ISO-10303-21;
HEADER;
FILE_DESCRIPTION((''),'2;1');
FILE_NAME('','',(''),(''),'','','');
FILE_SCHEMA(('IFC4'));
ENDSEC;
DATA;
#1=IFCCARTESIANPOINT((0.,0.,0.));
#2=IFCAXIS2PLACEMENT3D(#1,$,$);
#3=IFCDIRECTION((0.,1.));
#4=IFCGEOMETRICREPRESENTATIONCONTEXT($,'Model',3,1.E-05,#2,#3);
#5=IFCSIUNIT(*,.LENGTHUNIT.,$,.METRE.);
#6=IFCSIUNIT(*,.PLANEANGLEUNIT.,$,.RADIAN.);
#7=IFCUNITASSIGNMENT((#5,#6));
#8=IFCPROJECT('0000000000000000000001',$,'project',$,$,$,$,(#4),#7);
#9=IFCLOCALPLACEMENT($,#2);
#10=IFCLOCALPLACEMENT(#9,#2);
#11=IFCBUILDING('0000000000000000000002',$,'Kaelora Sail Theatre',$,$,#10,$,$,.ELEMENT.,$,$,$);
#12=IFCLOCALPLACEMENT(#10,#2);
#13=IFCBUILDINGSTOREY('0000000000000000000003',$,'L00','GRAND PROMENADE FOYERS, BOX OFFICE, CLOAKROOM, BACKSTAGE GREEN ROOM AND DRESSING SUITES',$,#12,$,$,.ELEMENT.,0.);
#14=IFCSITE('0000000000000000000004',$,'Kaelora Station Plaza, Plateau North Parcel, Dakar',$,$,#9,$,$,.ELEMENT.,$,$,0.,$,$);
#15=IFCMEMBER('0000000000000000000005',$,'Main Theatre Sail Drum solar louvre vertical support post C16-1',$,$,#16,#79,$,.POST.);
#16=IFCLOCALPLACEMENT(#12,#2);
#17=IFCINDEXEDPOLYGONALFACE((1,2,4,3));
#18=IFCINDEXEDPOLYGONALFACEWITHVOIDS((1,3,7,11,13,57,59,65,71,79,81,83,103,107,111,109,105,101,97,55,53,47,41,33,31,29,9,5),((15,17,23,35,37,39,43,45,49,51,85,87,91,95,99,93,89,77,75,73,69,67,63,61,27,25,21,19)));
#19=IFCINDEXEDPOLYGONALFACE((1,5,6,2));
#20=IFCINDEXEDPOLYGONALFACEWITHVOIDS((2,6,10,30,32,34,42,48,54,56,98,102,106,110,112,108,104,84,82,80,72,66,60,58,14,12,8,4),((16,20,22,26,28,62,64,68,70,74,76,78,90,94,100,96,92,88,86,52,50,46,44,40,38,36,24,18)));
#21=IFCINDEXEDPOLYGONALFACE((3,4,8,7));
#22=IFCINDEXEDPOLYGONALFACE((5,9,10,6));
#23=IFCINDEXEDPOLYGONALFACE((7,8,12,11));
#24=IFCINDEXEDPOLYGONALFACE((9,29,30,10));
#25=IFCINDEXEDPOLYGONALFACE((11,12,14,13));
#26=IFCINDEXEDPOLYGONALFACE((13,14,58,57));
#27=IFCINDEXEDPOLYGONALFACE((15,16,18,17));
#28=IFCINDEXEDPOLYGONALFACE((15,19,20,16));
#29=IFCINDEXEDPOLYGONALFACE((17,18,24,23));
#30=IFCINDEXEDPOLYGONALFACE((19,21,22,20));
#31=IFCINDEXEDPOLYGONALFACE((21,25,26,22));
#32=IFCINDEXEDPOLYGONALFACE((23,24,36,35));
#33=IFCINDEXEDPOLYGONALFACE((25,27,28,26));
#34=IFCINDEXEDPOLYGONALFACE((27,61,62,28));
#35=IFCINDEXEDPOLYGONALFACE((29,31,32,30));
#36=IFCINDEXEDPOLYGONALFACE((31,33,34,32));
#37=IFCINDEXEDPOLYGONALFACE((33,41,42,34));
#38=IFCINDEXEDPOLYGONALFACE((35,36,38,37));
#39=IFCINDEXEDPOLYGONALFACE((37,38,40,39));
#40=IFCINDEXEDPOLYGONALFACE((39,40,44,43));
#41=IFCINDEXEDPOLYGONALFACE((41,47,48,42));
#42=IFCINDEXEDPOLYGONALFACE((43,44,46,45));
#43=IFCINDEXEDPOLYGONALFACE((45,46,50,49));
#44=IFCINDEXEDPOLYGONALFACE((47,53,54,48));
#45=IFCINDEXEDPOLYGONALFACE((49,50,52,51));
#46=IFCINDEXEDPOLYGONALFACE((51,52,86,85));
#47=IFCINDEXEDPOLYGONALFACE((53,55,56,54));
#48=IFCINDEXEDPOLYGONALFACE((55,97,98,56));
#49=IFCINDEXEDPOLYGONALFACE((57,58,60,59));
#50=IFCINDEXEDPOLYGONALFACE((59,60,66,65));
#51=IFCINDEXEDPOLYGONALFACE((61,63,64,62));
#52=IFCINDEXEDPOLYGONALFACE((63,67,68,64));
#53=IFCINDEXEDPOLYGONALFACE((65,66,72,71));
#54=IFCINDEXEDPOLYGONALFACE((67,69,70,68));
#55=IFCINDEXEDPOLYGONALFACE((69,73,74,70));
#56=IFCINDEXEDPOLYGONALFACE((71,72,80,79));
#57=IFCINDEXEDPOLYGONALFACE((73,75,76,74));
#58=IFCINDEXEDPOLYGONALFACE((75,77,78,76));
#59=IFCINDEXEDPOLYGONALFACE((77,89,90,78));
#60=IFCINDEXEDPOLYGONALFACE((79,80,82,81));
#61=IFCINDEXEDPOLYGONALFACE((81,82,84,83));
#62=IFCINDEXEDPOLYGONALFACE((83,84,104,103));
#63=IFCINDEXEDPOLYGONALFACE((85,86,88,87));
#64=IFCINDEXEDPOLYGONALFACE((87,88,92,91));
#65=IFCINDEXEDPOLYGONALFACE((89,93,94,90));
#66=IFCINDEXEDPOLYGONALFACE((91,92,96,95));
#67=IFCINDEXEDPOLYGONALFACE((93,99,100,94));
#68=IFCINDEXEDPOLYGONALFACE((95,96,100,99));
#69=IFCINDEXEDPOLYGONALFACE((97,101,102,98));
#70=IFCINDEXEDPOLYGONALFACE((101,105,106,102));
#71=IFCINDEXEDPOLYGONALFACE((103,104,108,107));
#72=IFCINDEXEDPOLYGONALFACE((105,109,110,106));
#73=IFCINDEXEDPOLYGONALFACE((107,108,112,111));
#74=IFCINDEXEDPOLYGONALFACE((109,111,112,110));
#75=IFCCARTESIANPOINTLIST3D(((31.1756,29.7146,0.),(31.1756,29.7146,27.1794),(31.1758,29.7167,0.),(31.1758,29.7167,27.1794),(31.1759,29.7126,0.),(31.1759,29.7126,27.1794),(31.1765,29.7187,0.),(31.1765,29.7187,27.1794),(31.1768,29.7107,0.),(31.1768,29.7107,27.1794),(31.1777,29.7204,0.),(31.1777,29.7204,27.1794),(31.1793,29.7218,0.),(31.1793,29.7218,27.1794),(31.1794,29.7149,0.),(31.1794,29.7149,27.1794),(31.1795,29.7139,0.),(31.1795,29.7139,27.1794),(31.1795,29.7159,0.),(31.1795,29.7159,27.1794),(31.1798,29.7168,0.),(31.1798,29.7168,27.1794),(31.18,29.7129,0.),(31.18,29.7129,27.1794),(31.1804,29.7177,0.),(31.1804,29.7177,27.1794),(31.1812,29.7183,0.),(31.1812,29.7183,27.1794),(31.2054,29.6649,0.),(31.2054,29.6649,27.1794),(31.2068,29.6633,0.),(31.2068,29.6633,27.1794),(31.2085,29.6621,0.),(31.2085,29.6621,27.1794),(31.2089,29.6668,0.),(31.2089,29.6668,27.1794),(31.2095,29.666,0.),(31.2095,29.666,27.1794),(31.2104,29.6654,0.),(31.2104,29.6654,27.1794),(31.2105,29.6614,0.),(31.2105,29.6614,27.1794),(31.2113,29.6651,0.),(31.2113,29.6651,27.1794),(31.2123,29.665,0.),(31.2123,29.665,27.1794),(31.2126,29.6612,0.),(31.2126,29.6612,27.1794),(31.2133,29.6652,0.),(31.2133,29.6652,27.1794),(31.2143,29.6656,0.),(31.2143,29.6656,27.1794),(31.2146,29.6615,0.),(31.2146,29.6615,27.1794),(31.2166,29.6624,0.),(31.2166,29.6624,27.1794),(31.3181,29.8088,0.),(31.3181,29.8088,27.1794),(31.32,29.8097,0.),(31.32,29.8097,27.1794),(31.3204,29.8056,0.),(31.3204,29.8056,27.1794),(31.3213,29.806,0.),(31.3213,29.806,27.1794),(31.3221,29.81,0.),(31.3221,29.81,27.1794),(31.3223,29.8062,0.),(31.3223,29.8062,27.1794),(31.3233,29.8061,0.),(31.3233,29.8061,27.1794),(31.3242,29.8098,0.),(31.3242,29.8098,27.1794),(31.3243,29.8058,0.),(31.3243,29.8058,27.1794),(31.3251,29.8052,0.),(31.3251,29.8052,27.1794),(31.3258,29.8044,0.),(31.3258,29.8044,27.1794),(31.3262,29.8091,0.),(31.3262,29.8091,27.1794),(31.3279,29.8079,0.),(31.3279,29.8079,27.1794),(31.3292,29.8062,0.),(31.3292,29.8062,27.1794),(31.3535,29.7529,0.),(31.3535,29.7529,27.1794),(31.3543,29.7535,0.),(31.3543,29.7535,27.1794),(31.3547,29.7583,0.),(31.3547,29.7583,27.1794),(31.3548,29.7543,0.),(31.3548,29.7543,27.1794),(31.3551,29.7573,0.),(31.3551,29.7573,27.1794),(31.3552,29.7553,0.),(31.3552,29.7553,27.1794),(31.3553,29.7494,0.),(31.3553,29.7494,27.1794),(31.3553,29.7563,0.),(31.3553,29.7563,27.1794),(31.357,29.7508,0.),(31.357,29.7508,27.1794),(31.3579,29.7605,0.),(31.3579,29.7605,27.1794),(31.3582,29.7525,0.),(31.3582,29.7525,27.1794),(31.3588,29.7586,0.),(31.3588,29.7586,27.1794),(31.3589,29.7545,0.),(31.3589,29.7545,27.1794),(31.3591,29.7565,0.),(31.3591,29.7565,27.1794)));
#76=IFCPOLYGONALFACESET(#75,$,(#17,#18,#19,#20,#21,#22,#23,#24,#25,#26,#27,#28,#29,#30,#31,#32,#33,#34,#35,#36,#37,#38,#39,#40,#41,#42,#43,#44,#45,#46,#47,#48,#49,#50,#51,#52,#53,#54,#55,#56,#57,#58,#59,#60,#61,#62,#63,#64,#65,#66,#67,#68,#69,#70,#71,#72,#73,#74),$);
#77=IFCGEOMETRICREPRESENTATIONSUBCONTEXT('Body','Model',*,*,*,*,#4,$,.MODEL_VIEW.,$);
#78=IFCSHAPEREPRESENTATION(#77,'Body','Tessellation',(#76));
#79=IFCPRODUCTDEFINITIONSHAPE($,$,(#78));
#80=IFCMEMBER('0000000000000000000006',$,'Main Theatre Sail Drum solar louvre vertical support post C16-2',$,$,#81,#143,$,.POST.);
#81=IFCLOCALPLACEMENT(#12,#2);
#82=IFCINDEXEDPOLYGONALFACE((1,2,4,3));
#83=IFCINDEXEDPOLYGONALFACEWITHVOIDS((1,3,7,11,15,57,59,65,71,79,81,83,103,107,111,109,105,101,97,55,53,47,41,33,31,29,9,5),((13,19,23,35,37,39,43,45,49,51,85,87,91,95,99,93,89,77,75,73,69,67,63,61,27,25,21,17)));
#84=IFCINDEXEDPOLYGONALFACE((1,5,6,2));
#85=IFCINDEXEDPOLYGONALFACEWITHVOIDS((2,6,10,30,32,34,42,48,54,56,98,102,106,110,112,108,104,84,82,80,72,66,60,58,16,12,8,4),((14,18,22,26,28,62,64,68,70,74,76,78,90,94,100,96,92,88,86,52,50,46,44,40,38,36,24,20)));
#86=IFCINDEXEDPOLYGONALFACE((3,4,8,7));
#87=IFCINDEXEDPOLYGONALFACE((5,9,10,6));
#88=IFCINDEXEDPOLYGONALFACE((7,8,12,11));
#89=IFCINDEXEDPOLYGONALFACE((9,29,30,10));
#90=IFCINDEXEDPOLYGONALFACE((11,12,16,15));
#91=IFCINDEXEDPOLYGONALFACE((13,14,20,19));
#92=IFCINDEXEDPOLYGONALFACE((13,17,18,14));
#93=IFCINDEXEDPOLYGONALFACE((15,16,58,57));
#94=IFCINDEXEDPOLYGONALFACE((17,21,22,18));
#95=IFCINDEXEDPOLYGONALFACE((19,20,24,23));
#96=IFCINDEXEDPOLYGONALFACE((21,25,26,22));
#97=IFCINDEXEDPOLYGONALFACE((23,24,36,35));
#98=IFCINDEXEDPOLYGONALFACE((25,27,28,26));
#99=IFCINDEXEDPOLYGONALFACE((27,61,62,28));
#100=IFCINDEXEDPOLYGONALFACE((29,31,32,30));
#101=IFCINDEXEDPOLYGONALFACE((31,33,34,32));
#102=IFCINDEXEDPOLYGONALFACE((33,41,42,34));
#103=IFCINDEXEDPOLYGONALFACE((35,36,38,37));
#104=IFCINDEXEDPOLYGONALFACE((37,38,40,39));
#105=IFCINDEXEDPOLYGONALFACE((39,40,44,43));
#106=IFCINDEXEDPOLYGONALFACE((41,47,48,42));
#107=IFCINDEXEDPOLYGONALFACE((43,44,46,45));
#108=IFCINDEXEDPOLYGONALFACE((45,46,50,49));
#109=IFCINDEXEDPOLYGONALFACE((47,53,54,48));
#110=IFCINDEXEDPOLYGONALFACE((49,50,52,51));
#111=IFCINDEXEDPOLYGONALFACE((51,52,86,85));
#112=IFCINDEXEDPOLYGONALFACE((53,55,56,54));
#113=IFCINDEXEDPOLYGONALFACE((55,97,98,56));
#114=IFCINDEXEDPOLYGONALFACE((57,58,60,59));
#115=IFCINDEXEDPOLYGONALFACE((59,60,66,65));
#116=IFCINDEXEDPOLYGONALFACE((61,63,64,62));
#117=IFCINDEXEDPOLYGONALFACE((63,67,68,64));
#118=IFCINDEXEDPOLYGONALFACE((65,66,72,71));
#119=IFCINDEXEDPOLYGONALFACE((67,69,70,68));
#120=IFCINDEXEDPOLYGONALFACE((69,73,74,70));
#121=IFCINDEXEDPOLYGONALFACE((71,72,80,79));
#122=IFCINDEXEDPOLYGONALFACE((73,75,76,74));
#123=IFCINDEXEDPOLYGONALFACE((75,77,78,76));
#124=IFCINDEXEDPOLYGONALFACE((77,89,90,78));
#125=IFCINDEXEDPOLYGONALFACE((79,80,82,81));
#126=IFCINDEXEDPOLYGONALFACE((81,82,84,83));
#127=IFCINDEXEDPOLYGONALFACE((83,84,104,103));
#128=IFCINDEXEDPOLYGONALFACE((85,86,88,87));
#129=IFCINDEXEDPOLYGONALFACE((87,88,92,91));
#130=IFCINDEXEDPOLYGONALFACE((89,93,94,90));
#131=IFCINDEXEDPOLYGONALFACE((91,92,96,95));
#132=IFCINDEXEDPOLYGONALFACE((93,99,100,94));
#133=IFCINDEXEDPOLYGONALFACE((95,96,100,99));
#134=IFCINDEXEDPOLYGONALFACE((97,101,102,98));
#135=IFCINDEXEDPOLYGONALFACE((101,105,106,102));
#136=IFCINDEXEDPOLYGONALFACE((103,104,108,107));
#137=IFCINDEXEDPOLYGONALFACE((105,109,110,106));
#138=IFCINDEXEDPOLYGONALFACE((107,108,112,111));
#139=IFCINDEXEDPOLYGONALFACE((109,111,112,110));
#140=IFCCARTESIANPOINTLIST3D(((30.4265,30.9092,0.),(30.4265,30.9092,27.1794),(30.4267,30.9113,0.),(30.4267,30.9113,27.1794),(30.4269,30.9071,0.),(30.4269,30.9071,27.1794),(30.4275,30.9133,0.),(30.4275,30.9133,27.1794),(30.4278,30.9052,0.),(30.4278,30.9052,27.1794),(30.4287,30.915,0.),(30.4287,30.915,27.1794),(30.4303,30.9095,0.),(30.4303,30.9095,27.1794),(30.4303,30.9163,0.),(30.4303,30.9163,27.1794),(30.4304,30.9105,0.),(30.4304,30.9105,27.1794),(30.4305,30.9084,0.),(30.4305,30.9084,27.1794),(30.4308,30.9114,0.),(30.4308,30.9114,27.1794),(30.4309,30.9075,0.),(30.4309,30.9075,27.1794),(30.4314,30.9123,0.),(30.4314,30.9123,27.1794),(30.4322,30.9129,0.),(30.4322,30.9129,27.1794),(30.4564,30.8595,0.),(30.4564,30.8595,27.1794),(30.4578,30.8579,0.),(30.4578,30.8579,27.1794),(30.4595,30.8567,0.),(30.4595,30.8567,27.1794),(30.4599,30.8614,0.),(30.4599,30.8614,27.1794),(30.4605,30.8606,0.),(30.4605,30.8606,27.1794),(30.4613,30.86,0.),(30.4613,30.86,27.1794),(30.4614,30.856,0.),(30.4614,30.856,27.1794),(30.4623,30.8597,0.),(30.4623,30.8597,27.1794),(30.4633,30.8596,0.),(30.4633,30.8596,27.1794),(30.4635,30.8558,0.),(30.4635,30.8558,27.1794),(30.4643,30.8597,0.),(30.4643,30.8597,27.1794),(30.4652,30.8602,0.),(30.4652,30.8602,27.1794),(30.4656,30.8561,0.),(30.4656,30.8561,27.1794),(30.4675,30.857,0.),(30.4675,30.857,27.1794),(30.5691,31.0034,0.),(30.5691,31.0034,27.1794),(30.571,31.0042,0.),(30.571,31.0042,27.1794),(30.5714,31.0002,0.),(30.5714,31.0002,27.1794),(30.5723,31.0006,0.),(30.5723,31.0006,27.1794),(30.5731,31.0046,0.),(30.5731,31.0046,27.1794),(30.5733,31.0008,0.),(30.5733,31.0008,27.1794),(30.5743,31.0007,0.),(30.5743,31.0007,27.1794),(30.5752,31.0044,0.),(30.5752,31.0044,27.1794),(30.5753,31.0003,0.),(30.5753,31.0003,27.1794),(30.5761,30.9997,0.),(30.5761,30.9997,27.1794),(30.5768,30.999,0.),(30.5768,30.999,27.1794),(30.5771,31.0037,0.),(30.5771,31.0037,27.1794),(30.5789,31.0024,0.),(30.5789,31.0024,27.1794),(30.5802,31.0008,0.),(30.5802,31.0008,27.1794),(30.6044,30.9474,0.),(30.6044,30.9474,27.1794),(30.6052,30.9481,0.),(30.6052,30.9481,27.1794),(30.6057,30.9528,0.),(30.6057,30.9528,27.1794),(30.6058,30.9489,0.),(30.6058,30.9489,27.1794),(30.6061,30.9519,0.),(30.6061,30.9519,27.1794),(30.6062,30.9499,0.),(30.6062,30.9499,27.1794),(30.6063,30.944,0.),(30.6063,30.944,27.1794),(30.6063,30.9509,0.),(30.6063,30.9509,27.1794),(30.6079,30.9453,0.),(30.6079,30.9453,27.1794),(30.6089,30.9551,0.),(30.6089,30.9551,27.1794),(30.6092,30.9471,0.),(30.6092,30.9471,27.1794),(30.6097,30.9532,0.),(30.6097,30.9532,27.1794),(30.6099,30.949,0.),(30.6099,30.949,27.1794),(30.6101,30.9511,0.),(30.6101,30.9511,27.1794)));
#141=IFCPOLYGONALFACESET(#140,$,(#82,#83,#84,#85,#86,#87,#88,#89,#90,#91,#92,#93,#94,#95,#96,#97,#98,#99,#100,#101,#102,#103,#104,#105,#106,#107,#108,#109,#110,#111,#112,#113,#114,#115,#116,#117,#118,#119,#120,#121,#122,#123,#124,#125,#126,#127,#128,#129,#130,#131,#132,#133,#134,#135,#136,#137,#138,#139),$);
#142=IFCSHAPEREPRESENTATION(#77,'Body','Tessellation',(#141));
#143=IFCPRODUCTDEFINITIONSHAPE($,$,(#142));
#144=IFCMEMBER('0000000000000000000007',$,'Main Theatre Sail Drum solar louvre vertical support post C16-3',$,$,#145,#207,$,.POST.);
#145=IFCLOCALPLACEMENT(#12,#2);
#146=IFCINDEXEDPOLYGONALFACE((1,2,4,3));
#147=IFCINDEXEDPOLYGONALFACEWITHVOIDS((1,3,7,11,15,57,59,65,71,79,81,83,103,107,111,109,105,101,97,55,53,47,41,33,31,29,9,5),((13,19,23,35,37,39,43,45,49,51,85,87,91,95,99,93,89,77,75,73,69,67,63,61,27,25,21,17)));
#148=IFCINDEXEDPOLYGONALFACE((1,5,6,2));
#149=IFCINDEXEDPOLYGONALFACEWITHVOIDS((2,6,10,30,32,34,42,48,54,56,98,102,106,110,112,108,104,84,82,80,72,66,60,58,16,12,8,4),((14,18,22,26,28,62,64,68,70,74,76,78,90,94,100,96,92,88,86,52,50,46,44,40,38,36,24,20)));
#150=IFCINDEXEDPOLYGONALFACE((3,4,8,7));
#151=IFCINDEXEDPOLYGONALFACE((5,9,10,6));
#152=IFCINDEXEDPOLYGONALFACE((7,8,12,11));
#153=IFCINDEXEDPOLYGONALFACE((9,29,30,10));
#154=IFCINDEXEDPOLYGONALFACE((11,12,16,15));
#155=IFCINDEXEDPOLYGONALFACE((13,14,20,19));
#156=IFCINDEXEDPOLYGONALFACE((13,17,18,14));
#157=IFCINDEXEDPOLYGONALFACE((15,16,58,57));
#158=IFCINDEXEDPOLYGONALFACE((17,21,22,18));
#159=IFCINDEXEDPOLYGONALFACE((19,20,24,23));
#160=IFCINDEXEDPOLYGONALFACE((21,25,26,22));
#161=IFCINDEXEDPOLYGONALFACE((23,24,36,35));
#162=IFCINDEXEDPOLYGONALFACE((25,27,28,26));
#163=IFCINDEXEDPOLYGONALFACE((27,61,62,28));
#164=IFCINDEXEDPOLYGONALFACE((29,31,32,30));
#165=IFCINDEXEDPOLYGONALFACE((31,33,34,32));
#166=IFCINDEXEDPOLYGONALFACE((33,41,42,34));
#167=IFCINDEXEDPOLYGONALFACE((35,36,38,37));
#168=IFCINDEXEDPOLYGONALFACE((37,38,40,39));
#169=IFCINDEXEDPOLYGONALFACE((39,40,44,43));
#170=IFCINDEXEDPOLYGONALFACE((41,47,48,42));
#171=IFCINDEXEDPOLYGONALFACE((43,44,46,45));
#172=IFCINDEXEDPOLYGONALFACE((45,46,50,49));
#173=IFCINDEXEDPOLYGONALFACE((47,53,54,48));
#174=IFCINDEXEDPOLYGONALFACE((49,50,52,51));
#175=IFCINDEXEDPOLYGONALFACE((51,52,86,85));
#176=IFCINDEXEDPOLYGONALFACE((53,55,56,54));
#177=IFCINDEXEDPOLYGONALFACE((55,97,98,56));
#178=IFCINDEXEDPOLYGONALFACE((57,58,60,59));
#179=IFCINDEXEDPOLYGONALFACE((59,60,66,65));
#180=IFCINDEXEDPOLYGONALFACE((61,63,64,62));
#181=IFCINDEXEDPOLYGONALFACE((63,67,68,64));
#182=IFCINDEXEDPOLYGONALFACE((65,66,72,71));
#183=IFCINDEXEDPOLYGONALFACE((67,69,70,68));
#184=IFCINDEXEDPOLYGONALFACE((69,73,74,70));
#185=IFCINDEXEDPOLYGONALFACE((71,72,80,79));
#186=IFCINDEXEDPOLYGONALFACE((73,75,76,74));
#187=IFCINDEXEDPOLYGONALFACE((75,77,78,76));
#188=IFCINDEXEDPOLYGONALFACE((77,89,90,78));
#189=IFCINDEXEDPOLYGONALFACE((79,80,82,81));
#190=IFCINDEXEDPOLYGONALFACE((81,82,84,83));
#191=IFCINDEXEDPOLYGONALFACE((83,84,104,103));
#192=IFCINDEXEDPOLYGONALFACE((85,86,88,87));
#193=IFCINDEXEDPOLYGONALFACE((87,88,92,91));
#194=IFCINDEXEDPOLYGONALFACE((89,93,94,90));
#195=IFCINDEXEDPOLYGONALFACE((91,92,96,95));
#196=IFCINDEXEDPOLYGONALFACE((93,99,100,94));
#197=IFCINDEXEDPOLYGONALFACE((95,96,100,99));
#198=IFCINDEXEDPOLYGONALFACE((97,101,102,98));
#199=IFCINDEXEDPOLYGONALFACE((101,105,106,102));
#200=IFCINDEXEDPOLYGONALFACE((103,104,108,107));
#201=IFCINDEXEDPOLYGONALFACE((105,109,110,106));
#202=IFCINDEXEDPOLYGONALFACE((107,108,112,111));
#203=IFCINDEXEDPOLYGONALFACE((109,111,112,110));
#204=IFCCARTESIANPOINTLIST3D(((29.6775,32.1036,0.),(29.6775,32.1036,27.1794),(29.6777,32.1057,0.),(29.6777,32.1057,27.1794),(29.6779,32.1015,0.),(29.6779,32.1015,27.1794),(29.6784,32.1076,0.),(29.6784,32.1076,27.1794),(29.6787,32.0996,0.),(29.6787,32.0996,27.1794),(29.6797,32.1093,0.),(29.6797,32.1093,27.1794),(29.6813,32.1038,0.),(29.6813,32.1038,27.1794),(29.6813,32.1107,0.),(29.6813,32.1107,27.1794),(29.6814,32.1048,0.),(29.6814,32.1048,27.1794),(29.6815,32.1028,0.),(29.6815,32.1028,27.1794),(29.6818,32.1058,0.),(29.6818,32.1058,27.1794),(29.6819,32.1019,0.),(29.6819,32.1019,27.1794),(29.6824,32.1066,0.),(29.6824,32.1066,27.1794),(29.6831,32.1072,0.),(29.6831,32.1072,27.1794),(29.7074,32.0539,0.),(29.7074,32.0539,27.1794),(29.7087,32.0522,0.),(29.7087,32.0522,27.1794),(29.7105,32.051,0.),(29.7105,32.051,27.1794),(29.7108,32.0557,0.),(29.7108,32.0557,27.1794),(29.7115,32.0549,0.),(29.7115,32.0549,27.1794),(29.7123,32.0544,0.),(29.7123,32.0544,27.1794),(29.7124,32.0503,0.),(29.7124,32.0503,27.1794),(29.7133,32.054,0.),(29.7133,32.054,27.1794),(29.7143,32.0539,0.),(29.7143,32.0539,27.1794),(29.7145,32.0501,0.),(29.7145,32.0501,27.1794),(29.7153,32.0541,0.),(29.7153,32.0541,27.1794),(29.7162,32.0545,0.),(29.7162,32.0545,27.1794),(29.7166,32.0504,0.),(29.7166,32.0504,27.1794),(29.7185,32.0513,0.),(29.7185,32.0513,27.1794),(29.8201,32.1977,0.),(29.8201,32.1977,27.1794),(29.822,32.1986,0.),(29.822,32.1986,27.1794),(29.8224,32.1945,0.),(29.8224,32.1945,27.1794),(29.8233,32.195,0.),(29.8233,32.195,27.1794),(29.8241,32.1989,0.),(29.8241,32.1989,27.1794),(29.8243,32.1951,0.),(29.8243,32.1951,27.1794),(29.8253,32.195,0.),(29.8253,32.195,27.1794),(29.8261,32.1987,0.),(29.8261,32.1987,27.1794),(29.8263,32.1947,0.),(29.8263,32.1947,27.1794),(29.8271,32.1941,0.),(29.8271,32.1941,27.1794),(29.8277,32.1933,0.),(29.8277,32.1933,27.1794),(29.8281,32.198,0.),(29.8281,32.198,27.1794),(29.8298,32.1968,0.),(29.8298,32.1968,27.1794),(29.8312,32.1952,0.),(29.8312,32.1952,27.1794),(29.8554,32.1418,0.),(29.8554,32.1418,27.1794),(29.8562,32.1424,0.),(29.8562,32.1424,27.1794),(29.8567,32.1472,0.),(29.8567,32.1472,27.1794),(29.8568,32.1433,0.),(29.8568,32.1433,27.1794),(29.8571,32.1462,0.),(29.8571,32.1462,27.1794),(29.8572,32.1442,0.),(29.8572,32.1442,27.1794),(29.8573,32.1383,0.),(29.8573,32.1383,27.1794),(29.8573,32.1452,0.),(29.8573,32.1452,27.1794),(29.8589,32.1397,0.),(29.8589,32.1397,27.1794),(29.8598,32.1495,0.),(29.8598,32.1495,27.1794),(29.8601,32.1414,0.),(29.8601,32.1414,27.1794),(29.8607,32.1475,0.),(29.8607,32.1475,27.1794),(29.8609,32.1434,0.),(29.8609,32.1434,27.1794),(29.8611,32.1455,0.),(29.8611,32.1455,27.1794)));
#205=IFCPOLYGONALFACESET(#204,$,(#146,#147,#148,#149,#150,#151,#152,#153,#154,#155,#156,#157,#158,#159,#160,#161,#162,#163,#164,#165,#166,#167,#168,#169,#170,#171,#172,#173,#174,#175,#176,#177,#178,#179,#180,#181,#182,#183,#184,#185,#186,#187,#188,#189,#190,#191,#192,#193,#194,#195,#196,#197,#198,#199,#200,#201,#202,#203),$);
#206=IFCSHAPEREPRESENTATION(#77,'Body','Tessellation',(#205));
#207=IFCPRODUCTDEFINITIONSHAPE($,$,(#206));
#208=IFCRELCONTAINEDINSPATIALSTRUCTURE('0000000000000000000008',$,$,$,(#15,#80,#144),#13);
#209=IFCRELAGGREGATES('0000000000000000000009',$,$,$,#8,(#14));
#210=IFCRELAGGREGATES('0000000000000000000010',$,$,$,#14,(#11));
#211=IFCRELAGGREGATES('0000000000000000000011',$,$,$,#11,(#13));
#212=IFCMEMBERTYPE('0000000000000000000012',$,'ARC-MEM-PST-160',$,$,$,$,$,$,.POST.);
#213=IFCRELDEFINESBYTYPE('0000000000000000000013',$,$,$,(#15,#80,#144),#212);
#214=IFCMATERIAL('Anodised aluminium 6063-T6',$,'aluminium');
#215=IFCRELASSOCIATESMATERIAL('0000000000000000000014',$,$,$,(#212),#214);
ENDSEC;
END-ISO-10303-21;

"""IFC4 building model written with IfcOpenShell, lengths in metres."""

from ifc_helpers import new_model, si_unit, direction, frame, origin, origin_2d, place, context, subcontext, project, spatial, hollow_rectangle, extrude, material, material_profile, profile_set, type_object, element, save


model = new_model("IFC4")

# Units and contexts
model_context = context("Model", 3, precision=1e-05, world=origin(), true_north=direction((0.0, 1.0)))
body_context = subcontext(model_context, "Body", "Model", "MODEL_VIEW")
ifc_project = project(units=[si_unit("LENGTHUNIT", "METRE"), si_unit("PLANEANGLEUNIT", "RADIAN")], contexts=[model_context])

# Site, building, storey
site_placement = place(None, origin())
site = spatial("IfcSite", under=ifc_project, at=site_placement, Name="Kaelora Station Plaza, Plateau North Parcel, Dakar", CompositionType="ELEMENT", RefElevation=0.0)
building_placement = place(site_placement, origin())
building = spatial("IfcBuilding", under=site, at=building_placement, Name="Kaelora Sail Theatre", CompositionType="ELEMENT")
storey_placement = place(building_placement, origin())
storey = spatial("IfcBuildingStorey", under=building, at=storey_placement, Name="L00", Description="GRAND PROMENADE FOYERS, BOX OFFICE, CLOAKROOM, BACKSTAGE GREEN ROOM AND DRESSING SUITES", CompositionType="ELEMENT", Elevation=0.0)

# Members
ifc_material_1 = material(Name="Anodised aluminium 6063-T6", Category="aluminium")
ifc_material_profile_1 = material_profile(ifc_material_1, hollow_rectangle(XDim=0.0701, YDim=0.1799, WallThickness=0.0039, InnerFilletRadius=0.0039, OuterFilletRadius=0.0081, at=origin_2d()), Name="ALU-MULL 70x180x4")
ifc_profile_set_1 = profile_set([ifc_material_profile_1], Name="Anodised aluminium 6063-T6")
member_type_1 = type_object("IfcMemberType", Name="ARC-MEM-PST-160", PredefinedType="POST", material=ifc_profile_set_1)
for number, where, z_axis, x_axis, name in (
    (1, (31.2673, 29.7356, 0.0), (0.0, 0.0, 1.0), (-0.531251, 0.847215, 0.0), "Main Theatre Sail Drum solar louvre vertical support post C16-1"),
    (2, (30.5183, 30.9302, 0.0), (0.0, 0.0, 1.0), (-0.531251, 0.847215, 0.0), "Main Theatre Sail Drum solar louvre vertical support post C16-2"),
    (3, (29.7693, 32.1245, 0.0), (0.0, 0.0, 1.0), (-0.531251, 0.847215, 0.0), "Main Theatre Sail Drum solar louvre vertical support post C16-3"),
):
    element("IfcMember", number, at=place(storey_placement, frame(where, z_axis=z_axis, x_axis=x_axis)), inside=storey, type_object=member_type_1, Name=name, PredefinedType="POST", context=body_context, shape_type="SweptSolid", body=[
        extrude(hollow_rectangle(XDim=0.0701, YDim=0.1799, WallThickness=0.0039, InnerFilletRadius=0.0039, OuterFilletRadius=0.0081, at=origin_2d()), origin(), (0.0, 0.0, 1.0), 27.1794),
    ])

save(model, "model.ifc")
